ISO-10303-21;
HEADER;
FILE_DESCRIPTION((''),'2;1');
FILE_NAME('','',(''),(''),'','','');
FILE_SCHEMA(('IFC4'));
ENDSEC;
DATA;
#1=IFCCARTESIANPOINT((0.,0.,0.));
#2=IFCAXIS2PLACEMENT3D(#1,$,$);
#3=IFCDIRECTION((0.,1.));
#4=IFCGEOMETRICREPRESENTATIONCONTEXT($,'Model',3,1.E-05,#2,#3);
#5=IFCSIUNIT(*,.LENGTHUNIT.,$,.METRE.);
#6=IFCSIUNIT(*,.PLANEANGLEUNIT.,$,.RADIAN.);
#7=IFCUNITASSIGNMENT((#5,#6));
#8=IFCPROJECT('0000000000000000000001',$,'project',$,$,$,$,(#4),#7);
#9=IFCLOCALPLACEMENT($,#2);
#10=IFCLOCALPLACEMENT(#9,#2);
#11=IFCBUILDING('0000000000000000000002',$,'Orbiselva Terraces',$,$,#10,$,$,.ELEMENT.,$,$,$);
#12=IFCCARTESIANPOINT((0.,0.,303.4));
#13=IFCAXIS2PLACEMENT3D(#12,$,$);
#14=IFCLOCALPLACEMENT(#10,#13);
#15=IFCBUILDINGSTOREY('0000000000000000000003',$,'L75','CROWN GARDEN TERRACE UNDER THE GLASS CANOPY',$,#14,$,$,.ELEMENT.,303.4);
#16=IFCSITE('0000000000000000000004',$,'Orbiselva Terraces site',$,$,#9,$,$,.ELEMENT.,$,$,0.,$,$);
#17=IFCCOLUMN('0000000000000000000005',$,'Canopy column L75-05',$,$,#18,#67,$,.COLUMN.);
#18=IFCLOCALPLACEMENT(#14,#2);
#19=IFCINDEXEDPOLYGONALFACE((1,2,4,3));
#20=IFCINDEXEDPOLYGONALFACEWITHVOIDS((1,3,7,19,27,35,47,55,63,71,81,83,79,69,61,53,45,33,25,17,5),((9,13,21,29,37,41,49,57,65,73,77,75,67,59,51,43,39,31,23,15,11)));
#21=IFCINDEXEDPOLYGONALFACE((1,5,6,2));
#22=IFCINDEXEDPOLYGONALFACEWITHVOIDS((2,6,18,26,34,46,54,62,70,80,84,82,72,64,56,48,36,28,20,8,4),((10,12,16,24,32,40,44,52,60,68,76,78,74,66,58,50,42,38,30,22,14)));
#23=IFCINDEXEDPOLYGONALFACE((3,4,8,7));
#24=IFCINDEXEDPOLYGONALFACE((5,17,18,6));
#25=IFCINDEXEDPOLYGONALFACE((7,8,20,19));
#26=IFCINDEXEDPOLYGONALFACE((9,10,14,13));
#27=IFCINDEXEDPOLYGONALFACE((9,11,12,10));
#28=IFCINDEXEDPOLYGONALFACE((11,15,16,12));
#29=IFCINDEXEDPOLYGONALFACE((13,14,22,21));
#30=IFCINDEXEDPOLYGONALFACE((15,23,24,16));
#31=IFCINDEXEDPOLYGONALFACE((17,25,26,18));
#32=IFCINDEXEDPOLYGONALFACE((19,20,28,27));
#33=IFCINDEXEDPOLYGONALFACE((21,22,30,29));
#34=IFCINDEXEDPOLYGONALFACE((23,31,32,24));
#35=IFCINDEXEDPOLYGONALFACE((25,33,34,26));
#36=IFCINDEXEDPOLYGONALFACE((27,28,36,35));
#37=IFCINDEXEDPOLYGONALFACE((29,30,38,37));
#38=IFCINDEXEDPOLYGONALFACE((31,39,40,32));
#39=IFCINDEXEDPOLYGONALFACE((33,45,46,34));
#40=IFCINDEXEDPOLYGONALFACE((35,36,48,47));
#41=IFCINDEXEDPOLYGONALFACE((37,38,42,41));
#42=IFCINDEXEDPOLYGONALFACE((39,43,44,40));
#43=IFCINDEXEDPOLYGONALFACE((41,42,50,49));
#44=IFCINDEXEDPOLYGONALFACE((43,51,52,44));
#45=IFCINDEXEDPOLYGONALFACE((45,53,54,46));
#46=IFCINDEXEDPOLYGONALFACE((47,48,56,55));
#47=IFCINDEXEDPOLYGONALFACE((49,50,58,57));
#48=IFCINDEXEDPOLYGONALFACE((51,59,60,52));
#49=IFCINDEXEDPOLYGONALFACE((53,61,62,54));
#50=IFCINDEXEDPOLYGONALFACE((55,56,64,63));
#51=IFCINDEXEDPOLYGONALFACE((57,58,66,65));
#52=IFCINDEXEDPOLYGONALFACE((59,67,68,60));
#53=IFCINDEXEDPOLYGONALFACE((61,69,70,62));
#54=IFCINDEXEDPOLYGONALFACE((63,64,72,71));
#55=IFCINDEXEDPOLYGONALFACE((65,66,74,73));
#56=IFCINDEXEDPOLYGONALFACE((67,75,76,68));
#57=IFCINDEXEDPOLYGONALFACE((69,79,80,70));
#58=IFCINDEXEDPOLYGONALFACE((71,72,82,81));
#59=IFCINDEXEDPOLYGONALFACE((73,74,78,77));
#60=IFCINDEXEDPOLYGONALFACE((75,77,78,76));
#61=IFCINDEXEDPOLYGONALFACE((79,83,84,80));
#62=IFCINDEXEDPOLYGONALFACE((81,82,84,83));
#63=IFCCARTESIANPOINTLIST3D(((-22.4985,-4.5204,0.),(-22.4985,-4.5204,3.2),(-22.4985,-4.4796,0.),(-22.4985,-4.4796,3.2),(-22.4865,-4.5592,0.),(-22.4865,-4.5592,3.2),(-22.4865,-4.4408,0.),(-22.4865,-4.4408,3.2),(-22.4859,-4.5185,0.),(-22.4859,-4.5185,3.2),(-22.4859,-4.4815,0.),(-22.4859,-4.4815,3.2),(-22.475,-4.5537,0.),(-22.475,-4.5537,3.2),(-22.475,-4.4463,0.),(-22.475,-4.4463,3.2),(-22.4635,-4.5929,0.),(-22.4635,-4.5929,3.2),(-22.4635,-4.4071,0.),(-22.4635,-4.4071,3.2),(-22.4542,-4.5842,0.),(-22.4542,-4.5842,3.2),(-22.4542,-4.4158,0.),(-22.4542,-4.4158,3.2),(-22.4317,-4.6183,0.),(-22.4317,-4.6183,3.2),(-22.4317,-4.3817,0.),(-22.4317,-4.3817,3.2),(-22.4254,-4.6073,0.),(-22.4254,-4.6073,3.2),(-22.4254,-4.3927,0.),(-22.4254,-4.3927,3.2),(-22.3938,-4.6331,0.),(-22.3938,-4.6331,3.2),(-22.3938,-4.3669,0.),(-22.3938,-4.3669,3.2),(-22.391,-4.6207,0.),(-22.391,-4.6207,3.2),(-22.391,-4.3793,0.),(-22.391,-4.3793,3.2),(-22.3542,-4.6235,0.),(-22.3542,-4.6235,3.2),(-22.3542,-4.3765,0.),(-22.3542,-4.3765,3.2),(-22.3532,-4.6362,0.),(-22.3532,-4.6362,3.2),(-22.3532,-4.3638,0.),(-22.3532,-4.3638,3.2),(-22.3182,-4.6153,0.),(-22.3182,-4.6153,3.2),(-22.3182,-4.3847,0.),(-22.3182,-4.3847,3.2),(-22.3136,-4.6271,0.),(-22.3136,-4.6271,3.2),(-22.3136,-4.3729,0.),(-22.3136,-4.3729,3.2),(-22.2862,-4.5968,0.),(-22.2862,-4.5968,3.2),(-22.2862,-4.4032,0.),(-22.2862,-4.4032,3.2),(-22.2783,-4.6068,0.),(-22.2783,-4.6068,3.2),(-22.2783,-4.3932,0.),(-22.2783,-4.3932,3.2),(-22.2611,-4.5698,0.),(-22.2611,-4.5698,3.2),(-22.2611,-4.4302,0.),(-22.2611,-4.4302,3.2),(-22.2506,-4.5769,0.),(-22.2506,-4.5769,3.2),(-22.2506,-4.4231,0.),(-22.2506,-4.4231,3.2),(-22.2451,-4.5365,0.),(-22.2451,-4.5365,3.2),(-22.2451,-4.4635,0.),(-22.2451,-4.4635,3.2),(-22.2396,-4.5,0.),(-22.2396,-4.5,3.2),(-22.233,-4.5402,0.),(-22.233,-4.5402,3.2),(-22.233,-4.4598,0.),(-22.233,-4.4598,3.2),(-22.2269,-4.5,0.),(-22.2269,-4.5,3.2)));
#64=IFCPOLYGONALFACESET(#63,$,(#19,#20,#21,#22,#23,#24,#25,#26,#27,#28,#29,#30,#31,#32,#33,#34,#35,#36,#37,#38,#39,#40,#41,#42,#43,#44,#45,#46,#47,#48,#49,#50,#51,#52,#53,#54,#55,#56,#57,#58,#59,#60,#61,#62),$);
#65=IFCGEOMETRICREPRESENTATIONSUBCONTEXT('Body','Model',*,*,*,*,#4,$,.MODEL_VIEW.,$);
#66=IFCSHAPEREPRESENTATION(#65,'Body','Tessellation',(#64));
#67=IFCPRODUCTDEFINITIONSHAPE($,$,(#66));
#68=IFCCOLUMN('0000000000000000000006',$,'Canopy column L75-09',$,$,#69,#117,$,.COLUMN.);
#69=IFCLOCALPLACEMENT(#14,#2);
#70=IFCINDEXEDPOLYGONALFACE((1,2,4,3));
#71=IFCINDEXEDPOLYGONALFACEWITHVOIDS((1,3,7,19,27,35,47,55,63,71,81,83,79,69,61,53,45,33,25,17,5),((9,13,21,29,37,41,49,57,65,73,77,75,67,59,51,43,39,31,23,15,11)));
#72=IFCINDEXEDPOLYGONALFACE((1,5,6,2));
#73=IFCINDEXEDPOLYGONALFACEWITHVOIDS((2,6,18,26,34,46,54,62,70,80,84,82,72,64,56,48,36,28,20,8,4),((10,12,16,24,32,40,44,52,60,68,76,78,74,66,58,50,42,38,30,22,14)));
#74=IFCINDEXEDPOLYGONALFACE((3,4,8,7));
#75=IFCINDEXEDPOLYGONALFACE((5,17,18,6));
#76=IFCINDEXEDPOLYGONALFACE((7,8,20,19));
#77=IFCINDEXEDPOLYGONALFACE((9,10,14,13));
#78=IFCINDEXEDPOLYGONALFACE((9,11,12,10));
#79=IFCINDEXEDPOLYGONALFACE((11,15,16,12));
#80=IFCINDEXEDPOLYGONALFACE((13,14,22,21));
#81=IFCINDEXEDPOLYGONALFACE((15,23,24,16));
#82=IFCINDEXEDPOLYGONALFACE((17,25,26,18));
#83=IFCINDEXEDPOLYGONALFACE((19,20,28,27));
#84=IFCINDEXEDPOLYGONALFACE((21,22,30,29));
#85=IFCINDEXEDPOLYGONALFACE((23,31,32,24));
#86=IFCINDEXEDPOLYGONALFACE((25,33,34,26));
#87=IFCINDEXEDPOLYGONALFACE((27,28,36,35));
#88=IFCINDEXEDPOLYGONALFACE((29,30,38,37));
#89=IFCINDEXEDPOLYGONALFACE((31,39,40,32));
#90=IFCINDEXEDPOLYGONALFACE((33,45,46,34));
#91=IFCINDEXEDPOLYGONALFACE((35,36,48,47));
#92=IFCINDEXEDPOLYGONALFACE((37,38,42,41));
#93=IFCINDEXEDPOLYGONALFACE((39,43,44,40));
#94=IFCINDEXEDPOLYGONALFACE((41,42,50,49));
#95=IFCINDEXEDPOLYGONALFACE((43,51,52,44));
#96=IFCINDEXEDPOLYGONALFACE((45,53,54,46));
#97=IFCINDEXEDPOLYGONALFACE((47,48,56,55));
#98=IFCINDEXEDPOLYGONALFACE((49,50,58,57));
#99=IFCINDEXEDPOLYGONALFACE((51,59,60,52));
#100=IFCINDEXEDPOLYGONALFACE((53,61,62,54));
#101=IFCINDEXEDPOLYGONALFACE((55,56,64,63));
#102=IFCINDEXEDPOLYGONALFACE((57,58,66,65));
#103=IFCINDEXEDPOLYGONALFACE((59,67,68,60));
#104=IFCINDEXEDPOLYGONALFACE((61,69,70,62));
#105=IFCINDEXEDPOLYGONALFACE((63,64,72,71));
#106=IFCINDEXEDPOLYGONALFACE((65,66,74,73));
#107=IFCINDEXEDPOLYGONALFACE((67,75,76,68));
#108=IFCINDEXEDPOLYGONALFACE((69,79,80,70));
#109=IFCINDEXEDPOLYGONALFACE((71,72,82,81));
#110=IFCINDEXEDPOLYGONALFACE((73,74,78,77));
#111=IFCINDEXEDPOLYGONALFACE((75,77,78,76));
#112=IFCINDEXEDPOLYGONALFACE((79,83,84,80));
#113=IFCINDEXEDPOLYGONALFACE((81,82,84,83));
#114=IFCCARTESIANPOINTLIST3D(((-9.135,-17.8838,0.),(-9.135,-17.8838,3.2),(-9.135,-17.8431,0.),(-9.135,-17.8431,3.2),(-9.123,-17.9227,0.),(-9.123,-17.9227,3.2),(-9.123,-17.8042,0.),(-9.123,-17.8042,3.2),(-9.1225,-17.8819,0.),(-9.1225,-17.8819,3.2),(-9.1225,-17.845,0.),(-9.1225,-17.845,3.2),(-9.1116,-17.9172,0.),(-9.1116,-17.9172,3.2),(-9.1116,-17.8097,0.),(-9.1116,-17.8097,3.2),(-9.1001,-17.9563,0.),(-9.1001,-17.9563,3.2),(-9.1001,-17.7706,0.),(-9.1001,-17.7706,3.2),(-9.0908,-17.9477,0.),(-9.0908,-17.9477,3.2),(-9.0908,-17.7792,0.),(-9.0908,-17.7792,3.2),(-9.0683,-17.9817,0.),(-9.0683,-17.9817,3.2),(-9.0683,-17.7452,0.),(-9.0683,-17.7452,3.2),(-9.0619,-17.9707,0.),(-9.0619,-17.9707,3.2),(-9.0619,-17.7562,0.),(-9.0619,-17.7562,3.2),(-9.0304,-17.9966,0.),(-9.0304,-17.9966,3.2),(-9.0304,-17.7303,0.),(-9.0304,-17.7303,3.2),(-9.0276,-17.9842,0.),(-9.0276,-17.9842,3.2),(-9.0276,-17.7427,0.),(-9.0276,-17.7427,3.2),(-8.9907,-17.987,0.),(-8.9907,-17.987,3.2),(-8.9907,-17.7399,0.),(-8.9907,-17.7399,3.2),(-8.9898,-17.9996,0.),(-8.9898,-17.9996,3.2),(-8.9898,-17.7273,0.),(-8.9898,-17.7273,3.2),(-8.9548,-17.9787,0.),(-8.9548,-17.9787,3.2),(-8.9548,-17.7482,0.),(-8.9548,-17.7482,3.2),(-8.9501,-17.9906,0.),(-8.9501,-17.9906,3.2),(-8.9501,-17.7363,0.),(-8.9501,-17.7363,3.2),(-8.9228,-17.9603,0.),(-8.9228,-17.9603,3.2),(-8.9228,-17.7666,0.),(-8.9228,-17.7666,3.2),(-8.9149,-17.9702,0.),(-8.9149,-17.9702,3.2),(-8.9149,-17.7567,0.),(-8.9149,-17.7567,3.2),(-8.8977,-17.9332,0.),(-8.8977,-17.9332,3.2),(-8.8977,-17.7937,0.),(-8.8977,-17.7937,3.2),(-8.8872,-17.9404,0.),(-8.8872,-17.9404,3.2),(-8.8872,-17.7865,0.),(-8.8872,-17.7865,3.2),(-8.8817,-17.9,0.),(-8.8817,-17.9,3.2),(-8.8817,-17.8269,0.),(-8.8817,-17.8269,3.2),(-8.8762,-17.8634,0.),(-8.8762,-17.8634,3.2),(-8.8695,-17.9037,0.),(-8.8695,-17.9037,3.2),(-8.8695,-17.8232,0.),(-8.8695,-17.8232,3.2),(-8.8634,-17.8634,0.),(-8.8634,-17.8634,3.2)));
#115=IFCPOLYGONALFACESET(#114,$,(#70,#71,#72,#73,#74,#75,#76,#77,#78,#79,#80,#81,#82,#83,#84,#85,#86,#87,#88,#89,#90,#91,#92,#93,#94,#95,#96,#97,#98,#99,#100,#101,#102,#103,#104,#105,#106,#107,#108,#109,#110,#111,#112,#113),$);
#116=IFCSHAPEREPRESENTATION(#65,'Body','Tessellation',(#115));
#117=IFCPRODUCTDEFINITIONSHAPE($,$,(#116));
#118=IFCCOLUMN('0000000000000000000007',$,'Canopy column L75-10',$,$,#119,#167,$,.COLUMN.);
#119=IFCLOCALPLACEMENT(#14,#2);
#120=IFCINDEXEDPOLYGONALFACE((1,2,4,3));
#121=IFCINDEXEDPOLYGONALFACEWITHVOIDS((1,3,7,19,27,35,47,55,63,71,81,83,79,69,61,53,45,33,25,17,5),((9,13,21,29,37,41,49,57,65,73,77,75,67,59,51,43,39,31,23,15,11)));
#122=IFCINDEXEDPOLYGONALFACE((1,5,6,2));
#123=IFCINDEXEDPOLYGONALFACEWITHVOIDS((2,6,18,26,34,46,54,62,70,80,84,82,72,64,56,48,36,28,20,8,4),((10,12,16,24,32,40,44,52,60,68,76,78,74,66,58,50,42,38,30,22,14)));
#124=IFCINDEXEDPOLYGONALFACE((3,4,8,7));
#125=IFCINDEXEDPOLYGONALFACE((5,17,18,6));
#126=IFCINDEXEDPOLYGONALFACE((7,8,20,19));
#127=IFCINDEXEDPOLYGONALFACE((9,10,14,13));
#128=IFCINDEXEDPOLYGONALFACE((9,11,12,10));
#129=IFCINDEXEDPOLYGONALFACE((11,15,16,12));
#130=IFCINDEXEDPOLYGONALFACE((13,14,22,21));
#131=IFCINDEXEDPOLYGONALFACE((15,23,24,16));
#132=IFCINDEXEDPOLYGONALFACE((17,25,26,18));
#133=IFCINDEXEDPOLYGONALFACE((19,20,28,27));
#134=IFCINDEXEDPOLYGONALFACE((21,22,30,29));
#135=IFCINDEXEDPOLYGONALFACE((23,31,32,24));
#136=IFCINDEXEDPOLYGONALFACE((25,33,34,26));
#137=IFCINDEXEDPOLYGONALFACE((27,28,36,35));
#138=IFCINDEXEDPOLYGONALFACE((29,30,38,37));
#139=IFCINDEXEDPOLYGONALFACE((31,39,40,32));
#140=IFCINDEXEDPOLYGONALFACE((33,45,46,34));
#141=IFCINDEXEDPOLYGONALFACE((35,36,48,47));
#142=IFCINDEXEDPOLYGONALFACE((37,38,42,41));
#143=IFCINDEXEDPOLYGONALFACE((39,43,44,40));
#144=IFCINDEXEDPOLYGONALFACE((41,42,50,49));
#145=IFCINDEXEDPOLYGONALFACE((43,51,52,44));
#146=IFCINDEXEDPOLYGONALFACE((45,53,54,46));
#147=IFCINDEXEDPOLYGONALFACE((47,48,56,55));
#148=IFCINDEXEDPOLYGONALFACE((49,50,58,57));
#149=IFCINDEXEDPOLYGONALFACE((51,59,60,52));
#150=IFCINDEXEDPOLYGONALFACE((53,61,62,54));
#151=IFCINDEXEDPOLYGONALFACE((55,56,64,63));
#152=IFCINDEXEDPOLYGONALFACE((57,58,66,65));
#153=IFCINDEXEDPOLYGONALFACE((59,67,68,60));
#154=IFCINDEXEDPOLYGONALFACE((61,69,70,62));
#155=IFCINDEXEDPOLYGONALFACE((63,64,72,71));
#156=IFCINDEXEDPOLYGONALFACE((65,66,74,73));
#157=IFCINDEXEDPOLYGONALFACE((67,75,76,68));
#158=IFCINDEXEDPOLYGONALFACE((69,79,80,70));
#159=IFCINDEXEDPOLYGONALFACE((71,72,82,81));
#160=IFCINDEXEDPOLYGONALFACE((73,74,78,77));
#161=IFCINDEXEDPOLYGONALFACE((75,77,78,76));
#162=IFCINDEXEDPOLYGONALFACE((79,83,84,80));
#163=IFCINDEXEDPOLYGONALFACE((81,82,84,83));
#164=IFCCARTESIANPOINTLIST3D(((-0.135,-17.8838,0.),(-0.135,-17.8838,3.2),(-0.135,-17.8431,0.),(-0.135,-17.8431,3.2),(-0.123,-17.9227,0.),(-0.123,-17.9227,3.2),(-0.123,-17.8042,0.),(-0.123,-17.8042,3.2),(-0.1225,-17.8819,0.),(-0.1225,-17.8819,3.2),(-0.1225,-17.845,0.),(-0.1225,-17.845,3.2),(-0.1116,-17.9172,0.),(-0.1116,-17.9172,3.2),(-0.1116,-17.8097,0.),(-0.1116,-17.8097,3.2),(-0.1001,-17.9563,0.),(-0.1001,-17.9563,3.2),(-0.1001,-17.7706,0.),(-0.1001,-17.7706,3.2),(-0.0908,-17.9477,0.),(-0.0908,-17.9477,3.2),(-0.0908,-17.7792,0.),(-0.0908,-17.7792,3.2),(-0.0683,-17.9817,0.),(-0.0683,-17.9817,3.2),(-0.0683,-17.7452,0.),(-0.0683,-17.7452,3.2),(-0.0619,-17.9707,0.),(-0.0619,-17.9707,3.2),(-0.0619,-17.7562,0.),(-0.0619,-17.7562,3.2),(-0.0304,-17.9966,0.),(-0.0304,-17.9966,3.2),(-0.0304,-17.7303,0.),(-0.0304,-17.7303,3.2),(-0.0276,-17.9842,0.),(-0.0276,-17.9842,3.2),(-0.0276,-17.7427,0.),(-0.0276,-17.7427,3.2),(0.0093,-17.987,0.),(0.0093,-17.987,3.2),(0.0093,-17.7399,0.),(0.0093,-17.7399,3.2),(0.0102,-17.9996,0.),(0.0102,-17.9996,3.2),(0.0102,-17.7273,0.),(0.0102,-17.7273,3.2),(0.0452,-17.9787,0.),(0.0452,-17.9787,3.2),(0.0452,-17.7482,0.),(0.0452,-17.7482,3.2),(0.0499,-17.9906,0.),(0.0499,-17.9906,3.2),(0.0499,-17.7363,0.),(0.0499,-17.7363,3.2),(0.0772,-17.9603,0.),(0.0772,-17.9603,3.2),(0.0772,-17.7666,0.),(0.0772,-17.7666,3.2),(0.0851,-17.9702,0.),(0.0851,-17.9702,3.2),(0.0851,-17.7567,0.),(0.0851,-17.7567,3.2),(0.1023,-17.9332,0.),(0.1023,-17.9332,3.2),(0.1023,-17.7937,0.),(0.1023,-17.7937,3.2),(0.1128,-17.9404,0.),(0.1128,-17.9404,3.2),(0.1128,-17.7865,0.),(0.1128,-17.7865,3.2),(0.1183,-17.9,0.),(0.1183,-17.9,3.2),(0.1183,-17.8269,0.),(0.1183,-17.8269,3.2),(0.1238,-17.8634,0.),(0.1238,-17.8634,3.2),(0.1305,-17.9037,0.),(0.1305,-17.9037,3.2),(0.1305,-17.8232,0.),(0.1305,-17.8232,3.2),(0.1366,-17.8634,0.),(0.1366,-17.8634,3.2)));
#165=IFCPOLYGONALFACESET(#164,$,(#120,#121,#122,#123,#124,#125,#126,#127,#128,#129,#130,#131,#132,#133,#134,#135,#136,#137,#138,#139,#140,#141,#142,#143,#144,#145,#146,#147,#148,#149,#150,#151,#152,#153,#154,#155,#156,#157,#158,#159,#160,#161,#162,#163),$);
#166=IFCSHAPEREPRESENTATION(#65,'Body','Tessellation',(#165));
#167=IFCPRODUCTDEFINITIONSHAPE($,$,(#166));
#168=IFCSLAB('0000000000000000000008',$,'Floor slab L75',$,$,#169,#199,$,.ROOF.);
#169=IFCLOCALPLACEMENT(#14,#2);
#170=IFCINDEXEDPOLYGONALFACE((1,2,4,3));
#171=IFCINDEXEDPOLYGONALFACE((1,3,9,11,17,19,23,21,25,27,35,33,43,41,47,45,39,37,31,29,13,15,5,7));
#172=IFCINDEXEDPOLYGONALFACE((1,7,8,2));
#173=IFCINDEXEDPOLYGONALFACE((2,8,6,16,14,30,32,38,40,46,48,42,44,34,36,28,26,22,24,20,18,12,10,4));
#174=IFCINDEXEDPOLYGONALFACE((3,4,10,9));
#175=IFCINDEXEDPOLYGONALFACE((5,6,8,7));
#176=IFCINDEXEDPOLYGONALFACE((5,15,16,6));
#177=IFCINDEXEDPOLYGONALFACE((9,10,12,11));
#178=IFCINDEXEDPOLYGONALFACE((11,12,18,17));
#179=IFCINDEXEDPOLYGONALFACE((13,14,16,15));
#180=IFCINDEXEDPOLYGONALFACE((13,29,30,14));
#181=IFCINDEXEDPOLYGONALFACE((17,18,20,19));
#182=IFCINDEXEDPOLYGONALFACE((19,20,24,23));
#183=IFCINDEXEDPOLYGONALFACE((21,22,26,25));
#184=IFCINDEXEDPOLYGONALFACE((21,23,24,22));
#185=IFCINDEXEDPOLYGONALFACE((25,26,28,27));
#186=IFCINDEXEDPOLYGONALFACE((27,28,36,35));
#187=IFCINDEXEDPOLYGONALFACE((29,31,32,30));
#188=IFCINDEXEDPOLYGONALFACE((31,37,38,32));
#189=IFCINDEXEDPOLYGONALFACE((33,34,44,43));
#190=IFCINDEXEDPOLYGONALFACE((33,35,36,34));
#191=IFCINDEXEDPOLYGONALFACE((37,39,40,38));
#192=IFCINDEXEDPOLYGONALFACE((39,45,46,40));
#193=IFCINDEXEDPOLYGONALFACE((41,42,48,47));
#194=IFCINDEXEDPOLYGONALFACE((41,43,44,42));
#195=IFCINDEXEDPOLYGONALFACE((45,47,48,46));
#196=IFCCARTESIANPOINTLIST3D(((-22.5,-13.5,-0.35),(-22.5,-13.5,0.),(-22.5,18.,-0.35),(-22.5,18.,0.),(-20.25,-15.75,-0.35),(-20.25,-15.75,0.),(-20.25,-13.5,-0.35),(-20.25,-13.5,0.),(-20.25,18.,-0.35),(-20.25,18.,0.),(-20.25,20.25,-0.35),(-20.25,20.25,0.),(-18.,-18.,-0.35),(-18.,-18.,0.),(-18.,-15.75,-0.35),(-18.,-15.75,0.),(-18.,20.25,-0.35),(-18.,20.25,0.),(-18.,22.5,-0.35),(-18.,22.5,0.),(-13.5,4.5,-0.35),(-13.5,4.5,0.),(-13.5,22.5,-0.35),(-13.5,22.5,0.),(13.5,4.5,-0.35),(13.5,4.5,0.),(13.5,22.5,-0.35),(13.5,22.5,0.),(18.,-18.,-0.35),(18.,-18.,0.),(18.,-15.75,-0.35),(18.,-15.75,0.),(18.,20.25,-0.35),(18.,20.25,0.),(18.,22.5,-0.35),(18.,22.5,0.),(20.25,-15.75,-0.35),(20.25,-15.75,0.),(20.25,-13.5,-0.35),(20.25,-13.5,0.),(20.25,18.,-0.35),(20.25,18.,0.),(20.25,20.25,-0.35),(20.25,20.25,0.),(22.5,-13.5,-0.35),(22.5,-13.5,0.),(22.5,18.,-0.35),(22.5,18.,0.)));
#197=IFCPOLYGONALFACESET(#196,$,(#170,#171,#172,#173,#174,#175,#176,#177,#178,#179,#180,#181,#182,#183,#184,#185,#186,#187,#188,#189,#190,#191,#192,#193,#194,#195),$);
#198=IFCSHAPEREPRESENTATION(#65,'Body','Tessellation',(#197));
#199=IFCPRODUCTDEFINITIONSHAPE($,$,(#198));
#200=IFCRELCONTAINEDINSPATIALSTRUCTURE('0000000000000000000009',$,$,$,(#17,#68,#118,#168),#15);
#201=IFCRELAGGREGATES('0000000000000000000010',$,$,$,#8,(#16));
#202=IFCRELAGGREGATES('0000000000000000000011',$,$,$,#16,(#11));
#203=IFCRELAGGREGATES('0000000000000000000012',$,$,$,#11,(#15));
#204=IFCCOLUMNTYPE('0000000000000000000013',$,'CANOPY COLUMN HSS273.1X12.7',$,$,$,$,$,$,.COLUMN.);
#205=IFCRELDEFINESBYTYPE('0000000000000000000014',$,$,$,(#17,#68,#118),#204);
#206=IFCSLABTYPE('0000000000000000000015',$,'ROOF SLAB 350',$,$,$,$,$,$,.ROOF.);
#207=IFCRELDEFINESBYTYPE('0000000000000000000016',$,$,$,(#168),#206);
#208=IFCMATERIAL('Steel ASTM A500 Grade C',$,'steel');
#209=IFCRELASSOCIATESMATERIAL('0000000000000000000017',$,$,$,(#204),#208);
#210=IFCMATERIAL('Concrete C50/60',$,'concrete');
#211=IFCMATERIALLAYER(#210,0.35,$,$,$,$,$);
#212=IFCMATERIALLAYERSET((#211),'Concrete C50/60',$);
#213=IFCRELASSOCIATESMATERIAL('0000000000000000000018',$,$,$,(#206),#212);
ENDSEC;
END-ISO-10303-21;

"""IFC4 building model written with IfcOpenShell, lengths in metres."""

from ifc_helpers import new_model, si_unit, direction, frame, origin, origin_2d, place, context, subcontext, project, spatial, polyline, hollow_circle, outline, extrude, material, layer, layer_set, material_profile, profile_set, type_object, element, save


model = new_model("IFC4")

# Units and contexts
model_context = context("Model", 3, precision=1e-05, world=origin(), true_north=direction((0.0, 1.0)))
body_context = subcontext(model_context, "Body", "Model", "MODEL_VIEW")
ifc_project = project(units=[si_unit("LENGTHUNIT", "METRE"), si_unit("PLANEANGLEUNIT", "RADIAN")], contexts=[model_context])

# Site, building, storey
site_placement = place(None, origin())
site = spatial("IfcSite", under=ifc_project, at=site_placement, Name="Orbiselva Terraces site", CompositionType="ELEMENT", RefElevation=0.0)
building_placement = place(site_placement, origin())
building = spatial("IfcBuilding", under=site, at=building_placement, Name="Orbiselva Terraces", CompositionType="ELEMENT")
storey_placement = place(building_placement, frame((0.0, 0.0, 303.4)))
storey = spatial("IfcBuildingStorey", under=building, at=storey_placement, Name="L75", Description="CROWN GARDEN TERRACE UNDER THE GLASS CANOPY", CompositionType="ELEMENT", Elevation=303.4)

# Columns
ifc_material_1 = material(Name="Steel ASTM A500 Grade C", Category="steel")
ifc_material_profile = material_profile(ifc_material_1, hollow_circle(Radius=0.1366, WallThickness=0.0127, at=origin_2d()), Name="HSS273.1X12.7")
ifc_profile_set = profile_set([ifc_material_profile], Name="Steel ASTM A500 Grade C")
column_type = type_object("IfcColumnType", Name="CANOPY COLUMN HSS273.1X12.7", PredefinedType="COLUMN", material=ifc_profile_set)
for number, where, z_axis, x_axis, name in (
    (1, (-22.3635, -4.5, 0.0), (0.0, 0.0, 1.0), (1.0, 0.0, 0.0), "Canopy column L75-05"),
    (2, (-9.0, -17.8635, 0.0), (0.0, 0.0, 1.0), (1.0, 0.0, 0.0), "Canopy column L75-09"),
    (3, (0.0, -17.8635, 0.0), (0.0, 0.0, 1.0), (1.0, 0.0, 0.0), "Canopy column L75-10"),
):
    element("IfcColumn", number, at=place(storey_placement, frame(where, z_axis=z_axis, x_axis=x_axis)), inside=storey, type_object=column_type, Name=name, PredefinedType="COLUMN", context=body_context, shape_type="SweptSolid", body=[
        extrude(hollow_circle(Radius=0.1366, WallThickness=0.0127, at=origin_2d()), origin(), (0.0, 0.0, 1.0), 3.2),
    ])

# Slab
ifc_material_2 = material(Name="Concrete C50/60", Category="concrete")
ifc_layer_1 = layer(ifc_material_2, 0.35)
ifc_layer_set_1 = layer_set([ifc_layer_1], Name="Concrete C50/60")
slab_type = type_object("IfcSlabType", Name="ROOF SLAB 350", PredefinedType="ROOF", material=ifc_layer_set_1)
slab_placement = place(storey_placement, frame((0.0, 0.0, -0.35)))
element("IfcSlab", 4, at=slab_placement, inside=storey, type_object=slab_type, Name="Floor slab L75", PredefinedType="ROOF", context=body_context, shape_type="SweptSolid", body=[
    extrude(outline(polyline([(18.0, 22.5), (18.0, 20.25), (20.25, 20.25), (20.25, 18.0), (22.5, 18.0), (22.5, -13.5), (20.25, -13.5), (20.25, -15.75), (18.0, -15.75), (18.0, -18.0), (-18.0, -18.0), (-18.0, -15.75), (-20.25, -15.75), (-20.25, -13.5), (-22.5, -13.5), (-22.5, 18.0), (-20.25, 18.0), (-20.25, 20.25), (-18.0, 20.25), (-18.0, 22.5), (-13.5, 22.5), (-13.5, 4.5), (13.5, 4.5), (13.5, 22.5), (18.0, 22.5)])), origin(), (0.0, 0.0, 1.0), 0.35),
])

save(model, "model.ifc")
